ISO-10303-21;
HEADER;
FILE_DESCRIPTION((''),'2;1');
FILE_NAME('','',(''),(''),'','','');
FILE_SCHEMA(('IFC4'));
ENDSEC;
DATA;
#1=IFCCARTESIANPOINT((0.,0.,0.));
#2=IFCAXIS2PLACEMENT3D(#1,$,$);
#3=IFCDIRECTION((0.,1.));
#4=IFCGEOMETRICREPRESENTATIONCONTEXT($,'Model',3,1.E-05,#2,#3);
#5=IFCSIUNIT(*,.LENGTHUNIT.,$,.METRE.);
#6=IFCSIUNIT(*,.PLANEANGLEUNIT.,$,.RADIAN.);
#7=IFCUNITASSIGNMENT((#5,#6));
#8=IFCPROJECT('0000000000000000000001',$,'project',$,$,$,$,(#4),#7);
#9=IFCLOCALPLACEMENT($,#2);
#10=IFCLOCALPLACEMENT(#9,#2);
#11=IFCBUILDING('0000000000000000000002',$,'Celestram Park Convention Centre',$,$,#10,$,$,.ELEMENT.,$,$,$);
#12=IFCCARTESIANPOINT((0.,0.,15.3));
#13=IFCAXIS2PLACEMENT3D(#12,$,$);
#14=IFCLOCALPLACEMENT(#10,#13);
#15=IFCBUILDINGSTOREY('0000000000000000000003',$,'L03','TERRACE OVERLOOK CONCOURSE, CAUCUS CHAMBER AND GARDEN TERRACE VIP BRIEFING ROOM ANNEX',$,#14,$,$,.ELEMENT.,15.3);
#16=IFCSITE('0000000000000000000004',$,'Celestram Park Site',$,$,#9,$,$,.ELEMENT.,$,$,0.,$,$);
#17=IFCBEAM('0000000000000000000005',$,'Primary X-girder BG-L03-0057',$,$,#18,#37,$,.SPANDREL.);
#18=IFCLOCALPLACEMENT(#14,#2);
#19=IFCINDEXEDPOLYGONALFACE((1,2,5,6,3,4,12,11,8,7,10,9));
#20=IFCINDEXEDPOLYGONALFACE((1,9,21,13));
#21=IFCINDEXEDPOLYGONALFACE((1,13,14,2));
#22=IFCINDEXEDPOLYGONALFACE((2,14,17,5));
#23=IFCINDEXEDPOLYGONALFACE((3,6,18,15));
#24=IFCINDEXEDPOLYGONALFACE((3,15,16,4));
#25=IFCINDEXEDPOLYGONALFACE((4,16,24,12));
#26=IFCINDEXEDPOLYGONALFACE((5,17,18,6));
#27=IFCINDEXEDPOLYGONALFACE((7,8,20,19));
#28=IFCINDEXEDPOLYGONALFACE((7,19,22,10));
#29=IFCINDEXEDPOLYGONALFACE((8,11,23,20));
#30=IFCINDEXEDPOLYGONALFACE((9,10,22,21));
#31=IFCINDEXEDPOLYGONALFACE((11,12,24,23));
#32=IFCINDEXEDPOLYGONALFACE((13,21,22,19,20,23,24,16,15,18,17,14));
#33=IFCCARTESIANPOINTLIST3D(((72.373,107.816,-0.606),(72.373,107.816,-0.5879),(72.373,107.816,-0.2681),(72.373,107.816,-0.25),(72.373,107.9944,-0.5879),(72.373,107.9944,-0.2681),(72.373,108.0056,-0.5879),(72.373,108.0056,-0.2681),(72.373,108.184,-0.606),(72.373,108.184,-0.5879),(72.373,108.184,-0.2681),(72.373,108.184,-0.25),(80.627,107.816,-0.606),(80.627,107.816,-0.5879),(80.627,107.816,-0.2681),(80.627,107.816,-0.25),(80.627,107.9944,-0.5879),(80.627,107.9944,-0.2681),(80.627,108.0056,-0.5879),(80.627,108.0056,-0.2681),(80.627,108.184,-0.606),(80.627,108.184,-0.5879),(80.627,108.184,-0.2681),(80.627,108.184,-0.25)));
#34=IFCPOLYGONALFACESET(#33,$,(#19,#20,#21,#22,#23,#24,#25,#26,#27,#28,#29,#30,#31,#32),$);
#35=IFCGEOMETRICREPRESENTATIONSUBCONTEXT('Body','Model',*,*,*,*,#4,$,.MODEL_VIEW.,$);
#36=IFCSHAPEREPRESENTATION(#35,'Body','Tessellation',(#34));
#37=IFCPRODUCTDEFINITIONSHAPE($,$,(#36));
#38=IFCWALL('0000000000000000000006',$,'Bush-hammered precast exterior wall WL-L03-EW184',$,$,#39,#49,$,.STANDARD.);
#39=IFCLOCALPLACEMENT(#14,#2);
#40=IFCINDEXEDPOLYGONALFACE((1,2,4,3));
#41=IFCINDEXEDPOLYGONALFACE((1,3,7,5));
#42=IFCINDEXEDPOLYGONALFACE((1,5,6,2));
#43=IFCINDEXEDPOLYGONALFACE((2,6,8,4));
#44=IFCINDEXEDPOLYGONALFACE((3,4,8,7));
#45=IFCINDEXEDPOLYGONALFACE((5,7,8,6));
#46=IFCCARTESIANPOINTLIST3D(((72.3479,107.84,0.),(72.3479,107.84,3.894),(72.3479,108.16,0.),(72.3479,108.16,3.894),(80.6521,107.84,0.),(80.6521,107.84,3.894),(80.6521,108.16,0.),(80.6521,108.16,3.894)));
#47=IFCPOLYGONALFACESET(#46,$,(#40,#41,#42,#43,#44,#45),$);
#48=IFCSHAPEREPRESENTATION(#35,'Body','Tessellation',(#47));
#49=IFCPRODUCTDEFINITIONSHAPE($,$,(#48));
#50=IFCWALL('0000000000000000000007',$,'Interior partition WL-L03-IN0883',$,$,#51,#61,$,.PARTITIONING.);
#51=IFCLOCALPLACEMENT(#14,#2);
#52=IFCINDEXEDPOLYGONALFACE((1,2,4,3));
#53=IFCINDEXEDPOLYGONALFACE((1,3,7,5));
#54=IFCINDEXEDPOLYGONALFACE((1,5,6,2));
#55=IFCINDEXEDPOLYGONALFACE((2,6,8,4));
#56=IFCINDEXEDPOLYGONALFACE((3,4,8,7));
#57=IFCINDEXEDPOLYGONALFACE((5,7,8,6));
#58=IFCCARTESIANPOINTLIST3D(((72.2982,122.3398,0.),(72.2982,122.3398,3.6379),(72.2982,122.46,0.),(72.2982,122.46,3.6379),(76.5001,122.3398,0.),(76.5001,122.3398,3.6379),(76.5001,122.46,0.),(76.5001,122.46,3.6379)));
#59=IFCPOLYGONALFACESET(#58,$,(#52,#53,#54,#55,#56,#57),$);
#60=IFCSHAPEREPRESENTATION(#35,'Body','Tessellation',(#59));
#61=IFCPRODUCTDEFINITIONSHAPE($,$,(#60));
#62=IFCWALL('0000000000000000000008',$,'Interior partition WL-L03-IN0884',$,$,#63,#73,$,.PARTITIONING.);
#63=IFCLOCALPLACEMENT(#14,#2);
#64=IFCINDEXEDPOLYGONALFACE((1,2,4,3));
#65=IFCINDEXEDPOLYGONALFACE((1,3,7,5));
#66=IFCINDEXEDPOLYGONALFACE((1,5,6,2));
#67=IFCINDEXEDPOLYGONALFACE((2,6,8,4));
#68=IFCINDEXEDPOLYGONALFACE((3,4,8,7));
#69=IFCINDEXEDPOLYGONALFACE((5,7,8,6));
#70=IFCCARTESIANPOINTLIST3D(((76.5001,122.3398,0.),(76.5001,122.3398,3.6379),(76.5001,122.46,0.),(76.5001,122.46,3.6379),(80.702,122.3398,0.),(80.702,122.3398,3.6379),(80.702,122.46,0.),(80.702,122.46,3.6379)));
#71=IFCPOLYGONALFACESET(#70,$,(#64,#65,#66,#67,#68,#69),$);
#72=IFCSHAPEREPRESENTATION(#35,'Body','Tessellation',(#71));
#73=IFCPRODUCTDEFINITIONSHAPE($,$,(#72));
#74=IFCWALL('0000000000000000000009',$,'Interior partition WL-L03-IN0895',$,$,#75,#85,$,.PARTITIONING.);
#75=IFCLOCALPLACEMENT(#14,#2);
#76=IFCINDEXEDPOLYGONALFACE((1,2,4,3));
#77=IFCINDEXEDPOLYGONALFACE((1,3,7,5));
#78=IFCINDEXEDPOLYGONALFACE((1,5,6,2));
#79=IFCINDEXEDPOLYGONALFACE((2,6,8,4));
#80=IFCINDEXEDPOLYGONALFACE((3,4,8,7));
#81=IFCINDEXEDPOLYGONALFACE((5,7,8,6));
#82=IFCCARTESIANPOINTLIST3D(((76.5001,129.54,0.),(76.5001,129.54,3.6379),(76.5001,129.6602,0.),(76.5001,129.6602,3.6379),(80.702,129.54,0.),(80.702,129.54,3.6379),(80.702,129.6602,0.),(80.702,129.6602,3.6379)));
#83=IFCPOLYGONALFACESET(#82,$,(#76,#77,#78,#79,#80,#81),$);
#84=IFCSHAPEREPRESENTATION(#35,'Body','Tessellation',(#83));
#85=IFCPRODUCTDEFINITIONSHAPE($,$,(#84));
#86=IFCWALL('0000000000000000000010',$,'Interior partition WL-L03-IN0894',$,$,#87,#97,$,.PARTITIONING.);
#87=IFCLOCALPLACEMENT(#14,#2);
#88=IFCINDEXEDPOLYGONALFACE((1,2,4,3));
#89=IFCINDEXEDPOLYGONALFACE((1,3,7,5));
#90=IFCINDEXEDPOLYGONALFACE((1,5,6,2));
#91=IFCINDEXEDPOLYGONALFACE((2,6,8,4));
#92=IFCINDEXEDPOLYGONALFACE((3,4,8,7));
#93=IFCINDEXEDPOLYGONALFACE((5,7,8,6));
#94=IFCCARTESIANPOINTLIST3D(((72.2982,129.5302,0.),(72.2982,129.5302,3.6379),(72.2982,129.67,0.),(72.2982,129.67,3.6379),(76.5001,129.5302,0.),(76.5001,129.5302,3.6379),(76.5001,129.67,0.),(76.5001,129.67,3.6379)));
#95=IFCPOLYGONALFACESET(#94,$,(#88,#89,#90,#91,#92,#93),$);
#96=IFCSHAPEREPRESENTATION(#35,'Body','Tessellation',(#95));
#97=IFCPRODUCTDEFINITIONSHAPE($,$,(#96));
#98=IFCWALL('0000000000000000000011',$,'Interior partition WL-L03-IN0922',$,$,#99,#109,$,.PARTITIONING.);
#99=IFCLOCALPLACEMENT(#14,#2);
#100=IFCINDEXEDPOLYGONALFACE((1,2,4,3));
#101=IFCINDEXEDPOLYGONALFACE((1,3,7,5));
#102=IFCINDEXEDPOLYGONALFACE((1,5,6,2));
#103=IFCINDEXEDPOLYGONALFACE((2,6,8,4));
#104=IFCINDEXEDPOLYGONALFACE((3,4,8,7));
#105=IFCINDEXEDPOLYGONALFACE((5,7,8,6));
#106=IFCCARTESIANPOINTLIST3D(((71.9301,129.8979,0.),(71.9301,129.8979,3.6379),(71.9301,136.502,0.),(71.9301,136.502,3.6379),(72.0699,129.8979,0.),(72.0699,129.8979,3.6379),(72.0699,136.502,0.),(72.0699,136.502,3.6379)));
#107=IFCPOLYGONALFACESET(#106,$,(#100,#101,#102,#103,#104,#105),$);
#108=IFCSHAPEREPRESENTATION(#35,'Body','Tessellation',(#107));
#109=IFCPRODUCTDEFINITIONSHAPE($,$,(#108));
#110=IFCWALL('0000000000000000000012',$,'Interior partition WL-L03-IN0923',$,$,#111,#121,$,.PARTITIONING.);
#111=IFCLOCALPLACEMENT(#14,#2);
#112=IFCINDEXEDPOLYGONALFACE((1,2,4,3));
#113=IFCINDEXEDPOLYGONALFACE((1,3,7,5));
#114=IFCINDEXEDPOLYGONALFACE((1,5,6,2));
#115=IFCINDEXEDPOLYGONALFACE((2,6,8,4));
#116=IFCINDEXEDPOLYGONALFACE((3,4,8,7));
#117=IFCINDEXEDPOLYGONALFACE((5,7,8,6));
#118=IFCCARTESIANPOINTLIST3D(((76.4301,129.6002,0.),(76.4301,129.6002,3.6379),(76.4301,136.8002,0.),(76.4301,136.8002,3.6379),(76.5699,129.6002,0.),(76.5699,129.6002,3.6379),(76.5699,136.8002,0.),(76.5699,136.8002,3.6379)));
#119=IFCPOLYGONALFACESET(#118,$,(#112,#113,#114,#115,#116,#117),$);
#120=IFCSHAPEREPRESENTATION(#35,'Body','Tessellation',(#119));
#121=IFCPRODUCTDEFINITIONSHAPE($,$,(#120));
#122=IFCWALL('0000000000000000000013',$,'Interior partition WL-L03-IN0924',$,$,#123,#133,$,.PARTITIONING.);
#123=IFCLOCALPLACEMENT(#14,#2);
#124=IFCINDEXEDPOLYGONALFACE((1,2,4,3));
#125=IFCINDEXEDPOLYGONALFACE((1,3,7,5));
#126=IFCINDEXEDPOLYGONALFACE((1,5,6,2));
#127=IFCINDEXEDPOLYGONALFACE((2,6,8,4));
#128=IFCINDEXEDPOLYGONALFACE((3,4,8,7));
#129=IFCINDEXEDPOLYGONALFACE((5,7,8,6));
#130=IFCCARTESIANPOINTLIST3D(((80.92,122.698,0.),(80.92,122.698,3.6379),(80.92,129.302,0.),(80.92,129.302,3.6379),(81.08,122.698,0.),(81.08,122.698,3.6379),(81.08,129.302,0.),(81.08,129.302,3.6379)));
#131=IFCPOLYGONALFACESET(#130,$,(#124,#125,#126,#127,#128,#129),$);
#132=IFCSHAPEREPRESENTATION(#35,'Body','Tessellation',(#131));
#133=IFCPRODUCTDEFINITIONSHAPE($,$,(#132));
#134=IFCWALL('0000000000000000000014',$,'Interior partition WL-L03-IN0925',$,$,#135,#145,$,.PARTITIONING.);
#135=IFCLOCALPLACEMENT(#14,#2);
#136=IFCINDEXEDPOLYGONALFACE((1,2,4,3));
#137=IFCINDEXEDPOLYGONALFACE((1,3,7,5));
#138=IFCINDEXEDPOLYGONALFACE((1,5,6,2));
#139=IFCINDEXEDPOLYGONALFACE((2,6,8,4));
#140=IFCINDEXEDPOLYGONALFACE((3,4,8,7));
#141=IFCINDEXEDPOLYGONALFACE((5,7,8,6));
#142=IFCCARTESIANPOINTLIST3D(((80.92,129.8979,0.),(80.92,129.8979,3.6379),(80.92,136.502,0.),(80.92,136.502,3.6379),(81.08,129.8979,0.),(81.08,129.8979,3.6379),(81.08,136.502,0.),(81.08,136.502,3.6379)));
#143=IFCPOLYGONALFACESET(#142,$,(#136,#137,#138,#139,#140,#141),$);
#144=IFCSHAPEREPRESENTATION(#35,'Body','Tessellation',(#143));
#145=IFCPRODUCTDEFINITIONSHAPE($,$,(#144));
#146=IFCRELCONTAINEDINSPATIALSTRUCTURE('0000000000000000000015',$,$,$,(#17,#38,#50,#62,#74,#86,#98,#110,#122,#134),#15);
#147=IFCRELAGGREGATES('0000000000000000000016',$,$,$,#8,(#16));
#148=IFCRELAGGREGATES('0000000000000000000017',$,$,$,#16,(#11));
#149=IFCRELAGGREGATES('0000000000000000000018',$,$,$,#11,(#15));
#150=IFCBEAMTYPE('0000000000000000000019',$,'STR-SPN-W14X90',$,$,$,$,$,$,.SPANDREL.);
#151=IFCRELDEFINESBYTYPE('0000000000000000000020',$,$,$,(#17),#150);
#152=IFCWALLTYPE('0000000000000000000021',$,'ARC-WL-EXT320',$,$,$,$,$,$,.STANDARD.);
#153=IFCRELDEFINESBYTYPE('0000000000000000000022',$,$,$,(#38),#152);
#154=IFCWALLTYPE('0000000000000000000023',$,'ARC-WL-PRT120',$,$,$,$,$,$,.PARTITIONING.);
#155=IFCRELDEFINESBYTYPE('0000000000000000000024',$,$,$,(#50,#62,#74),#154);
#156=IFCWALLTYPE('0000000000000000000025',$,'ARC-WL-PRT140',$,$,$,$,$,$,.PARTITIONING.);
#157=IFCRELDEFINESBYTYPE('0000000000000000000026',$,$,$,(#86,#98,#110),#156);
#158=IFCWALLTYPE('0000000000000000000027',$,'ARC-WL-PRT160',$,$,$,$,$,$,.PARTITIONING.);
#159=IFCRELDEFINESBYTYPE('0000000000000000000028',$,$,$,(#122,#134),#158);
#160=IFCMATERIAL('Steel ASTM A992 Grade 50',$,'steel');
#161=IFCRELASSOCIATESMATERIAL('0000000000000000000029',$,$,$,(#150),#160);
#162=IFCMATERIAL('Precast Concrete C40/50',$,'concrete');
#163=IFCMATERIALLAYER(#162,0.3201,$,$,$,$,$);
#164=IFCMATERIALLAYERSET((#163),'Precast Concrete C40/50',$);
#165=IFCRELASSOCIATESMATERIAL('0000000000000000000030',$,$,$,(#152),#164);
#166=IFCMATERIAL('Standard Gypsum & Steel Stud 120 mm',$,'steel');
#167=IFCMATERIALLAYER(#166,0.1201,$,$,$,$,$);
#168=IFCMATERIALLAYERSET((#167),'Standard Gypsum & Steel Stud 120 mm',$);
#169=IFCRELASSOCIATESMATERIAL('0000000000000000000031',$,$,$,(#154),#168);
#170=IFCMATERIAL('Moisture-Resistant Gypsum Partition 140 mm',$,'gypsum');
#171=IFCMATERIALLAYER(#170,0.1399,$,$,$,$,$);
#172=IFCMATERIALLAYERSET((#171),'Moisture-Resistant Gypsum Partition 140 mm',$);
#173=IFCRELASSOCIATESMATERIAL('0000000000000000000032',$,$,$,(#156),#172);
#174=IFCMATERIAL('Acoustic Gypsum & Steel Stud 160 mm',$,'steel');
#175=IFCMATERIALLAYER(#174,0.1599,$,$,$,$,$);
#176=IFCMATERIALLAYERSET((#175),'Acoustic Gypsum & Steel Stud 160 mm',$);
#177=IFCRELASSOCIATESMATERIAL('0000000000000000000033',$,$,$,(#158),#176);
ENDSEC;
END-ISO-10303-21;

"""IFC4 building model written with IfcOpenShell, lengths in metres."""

from ifc_helpers import new_model, si_unit, direction, frame, frame_2d, origin, origin_2d, place, context, subcontext, project, spatial, rectangle, i_section, extrude, material, layer, layer_set, material_profile, profile_set, type_object, element, save


model = new_model("IFC4")

# Units and contexts
model_context = context("Model", 3, precision=1e-05, world=origin(), true_north=direction((0.0, 1.0)))
body_context = subcontext(model_context, "Body", "Model", "MODEL_VIEW")
ifc_project = project(units=[si_unit("LENGTHUNIT", "METRE"), si_unit("PLANEANGLEUNIT", "RADIAN")], contexts=[model_context])

# Site, building, storey
site_placement = place(None, origin())
site = spatial("IfcSite", under=ifc_project, at=site_placement, Name="Celestram Park Site", CompositionType="ELEMENT", RefElevation=0.0)
building_placement = place(site_placement, origin())
building = spatial("IfcBuilding", under=site, at=building_placement, Name="Celestram Park Convention Centre", CompositionType="ELEMENT")
storey_placement = place(building_placement, frame((0.0, 0.0, 15.3)))
storey = spatial("IfcBuildingStorey", under=building, at=storey_placement, Name="L03", Description="TERRACE OVERLOOK CONCOURSE, CAUCUS CHAMBER AND GARDEN TERRACE VIP BRIEFING ROOM ANNEX", CompositionType="ELEMENT", Elevation=15.3)

# Beam
ifc_material_1 = material(Name="Steel ASTM A992 Grade 50", Category="steel")
ifc_material_profile_1 = material_profile(ifc_material_1, i_section(OverallWidth=0.3679, OverallDepth=0.356, WebThickness=0.0112, FlangeThickness=0.0181, at=origin_2d()), Name="W14X90")
ifc_profile_set_1 = profile_set([ifc_material_profile_1], Name="Steel ASTM A992 Grade 50")
beam_type_1 = type_object("IfcBeamType", Name="STR-SPN-W14X90", PredefinedType="SPANDREL", material=ifc_profile_set_1)
beam_1_placement = place(storey_placement, frame((72.373, 108.0, -0.428), z_axis=(1.0, 0.0, 0.0), x_axis=(0.0, 1.0, 0.0)))
element("IfcBeam", 1, at=beam_1_placement, inside=storey, type_object=beam_type_1, Name="Primary X-girder BG-L03-0057", PredefinedType="SPANDREL", context=body_context, shape_type="SweptSolid", body=[
    extrude(i_section(OverallWidth=0.3679, OverallDepth=0.356, WebThickness=0.0112, FlangeThickness=0.0181, at=origin_2d()), origin(), (0.0, 0.0, 1.0), 8.2539),
])

# Walls
ifc_material_2 = material(Name="Precast Concrete C40/50", Category="concrete")
ifc_layer_1 = layer(ifc_material_2, 0.3201)
ifc_layer_set_1 = layer_set([ifc_layer_1], Name="Precast Concrete C40/50")
wall_type_1 = type_object("IfcWallType", Name="ARC-WL-EXT320", PredefinedType="STANDARD", material=ifc_layer_set_1)
wall_1_placement = place(storey_placement, frame((80.6521, 108.0, 0.0), z_axis=(0.0, 0.0, 1.0), x_axis=(-1.0, 0.0, 0.0)))
element("IfcWall", 2, at=wall_1_placement, inside=storey, type_object=wall_type_1, Name="Bush-hammered precast exterior wall WL-L03-EW184", PredefinedType="STANDARD", context=body_context, shape_type="SweptSolid", body=[
    extrude(rectangle(XDim=8.3042, YDim=0.3201, at=frame_2d((4.1521, 0.0))), origin(), (0.0, 0.0, 1.0), 3.894),
])
ifc_material_3 = material(Name="Standard Gypsum & Steel Stud 120 mm", Category="steel")
ifc_layer_2 = layer(ifc_material_3, 0.1201)
ifc_layer_set_2 = layer_set([ifc_layer_2], Name="Standard Gypsum & Steel Stud 120 mm")
wall_type_2 = type_object("IfcWallType", Name="ARC-WL-PRT120", PredefinedType="PARTITIONING", material=ifc_layer_set_2)
for number, where, z_axis, x_axis, name in (
    (3, (72.2981, 122.3999, 0.0), (0.0, 0.0, 1.0), (1.0, 0.0, 0.0), "Interior partition WL-L03-IN0883"),
    (4, (76.5, 122.3999, 0.0), (0.0, 0.0, 1.0), (1.0, 0.0, 0.0), "Interior partition WL-L03-IN0884"),
    (5, (76.5, 129.6001, 0.0), (0.0, 0.0, 1.0), (1.0, 0.0, 0.0), "Interior partition WL-L03-IN0895"),
):
    element("IfcWall", number, at=place(storey_placement, frame(where, z_axis=z_axis, x_axis=x_axis)), inside=storey, type_object=wall_type_2, Name=name, PredefinedType="PARTITIONING", context=body_context, shape_type="SweptSolid", body=[
        extrude(rectangle(XDim=4.2019, YDim=0.1201, at=frame_2d((2.1011, 0.0))), origin(), (0.0, 0.0, 1.0), 3.6379),
    ])
ifc_material_4 = material(Name="Moisture-Resistant Gypsum Partition 140 mm", Category="gypsum")
ifc_layer_3 = layer(ifc_material_4, 0.1399)
ifc_layer_set_3 = layer_set([ifc_layer_3], Name="Moisture-Resistant Gypsum Partition 140 mm")
wall_type_3 = type_object("IfcWallType", Name="ARC-WL-PRT140", PredefinedType="PARTITIONING", material=ifc_layer_set_3)
wall_2_placement = place(storey_placement, frame((72.2981, 129.6001, 0.0), z_axis=(0.0, 0.0, 1.0), x_axis=(1.0, 0.0, 0.0)))
element("IfcWall", 6, at=wall_2_placement, inside=storey, type_object=wall_type_3, Name="Interior partition WL-L03-IN0894", PredefinedType="PARTITIONING", context=body_context, shape_type="SweptSolid", body=[
    extrude(rectangle(XDim=4.2019, YDim=0.1399, at=frame_2d((2.1011, 0.0))), origin(), (0.0, 0.0, 1.0), 3.6379),
])
wall_3_placement = place(storey_placement, frame((72.0, 129.8979, 0.0), z_axis=(0.0, 0.0, 1.0), x_axis=(0.0, 1.0, 0.0)))
element("IfcWall", 7, at=wall_3_placement, inside=storey, type_object=wall_type_3, Name="Interior partition WL-L03-IN0922", PredefinedType="PARTITIONING", context=body_context, shape_type="SweptSolid", body=[
    extrude(rectangle(XDim=6.604, YDim=0.1399, at=frame_2d((3.302, 0.0))), origin(), (0.0, 0.0, 1.0), 3.6379),
])
wall_4_placement = place(storey_placement, frame((76.5, 129.6001, 0.0), z_axis=(0.0, 0.0, 1.0), x_axis=(0.0, 1.0, 0.0)))
element("IfcWall", 8, at=wall_4_placement, inside=storey, type_object=wall_type_3, Name="Interior partition WL-L03-IN0923", PredefinedType="PARTITIONING", context=body_context, shape_type="SweptSolid", body=[
    extrude(rectangle(XDim=7.2, YDim=0.1399, at=frame_2d((3.6001, 0.0))), origin(), (0.0, 0.0, 1.0), 3.6379),
])
ifc_material_5 = material(Name="Acoustic Gypsum & Steel Stud 160 mm", Category="steel")
ifc_layer_4 = layer(ifc_material_5, 0.1599)
ifc_layer_set_4 = layer_set([ifc_layer_4], Name="Acoustic Gypsum & Steel Stud 160 mm")
wall_type_4 = type_object("IfcWallType", Name="ARC-WL-PRT160", PredefinedType="PARTITIONING", material=ifc_layer_set_4)
for number, where, z_axis, x_axis, name in (
    (9, (81.0, 122.698, 0.0), (0.0, 0.0, 1.0), (0.0, 1.0, 0.0), "Interior partition WL-L03-IN0924"),
    (10, (81.0, 129.8979, 0.0), (0.0, 0.0, 1.0), (0.0, 1.0, 0.0), "Interior partition WL-L03-IN0925"),
):
    element("IfcWall", number, at=place(storey_placement, frame(where, z_axis=z_axis, x_axis=x_axis)), inside=storey, type_object=wall_type_4, Name=name, PredefinedType="PARTITIONING", context=body_context, shape_type="SweptSolid", body=[
        extrude(rectangle(XDim=6.604, YDim=0.1599, at=frame_2d((3.302, 0.0))), origin(), (0.0, 0.0, 1.0), 3.6379),
    ])

save(model, "model.ifc")
